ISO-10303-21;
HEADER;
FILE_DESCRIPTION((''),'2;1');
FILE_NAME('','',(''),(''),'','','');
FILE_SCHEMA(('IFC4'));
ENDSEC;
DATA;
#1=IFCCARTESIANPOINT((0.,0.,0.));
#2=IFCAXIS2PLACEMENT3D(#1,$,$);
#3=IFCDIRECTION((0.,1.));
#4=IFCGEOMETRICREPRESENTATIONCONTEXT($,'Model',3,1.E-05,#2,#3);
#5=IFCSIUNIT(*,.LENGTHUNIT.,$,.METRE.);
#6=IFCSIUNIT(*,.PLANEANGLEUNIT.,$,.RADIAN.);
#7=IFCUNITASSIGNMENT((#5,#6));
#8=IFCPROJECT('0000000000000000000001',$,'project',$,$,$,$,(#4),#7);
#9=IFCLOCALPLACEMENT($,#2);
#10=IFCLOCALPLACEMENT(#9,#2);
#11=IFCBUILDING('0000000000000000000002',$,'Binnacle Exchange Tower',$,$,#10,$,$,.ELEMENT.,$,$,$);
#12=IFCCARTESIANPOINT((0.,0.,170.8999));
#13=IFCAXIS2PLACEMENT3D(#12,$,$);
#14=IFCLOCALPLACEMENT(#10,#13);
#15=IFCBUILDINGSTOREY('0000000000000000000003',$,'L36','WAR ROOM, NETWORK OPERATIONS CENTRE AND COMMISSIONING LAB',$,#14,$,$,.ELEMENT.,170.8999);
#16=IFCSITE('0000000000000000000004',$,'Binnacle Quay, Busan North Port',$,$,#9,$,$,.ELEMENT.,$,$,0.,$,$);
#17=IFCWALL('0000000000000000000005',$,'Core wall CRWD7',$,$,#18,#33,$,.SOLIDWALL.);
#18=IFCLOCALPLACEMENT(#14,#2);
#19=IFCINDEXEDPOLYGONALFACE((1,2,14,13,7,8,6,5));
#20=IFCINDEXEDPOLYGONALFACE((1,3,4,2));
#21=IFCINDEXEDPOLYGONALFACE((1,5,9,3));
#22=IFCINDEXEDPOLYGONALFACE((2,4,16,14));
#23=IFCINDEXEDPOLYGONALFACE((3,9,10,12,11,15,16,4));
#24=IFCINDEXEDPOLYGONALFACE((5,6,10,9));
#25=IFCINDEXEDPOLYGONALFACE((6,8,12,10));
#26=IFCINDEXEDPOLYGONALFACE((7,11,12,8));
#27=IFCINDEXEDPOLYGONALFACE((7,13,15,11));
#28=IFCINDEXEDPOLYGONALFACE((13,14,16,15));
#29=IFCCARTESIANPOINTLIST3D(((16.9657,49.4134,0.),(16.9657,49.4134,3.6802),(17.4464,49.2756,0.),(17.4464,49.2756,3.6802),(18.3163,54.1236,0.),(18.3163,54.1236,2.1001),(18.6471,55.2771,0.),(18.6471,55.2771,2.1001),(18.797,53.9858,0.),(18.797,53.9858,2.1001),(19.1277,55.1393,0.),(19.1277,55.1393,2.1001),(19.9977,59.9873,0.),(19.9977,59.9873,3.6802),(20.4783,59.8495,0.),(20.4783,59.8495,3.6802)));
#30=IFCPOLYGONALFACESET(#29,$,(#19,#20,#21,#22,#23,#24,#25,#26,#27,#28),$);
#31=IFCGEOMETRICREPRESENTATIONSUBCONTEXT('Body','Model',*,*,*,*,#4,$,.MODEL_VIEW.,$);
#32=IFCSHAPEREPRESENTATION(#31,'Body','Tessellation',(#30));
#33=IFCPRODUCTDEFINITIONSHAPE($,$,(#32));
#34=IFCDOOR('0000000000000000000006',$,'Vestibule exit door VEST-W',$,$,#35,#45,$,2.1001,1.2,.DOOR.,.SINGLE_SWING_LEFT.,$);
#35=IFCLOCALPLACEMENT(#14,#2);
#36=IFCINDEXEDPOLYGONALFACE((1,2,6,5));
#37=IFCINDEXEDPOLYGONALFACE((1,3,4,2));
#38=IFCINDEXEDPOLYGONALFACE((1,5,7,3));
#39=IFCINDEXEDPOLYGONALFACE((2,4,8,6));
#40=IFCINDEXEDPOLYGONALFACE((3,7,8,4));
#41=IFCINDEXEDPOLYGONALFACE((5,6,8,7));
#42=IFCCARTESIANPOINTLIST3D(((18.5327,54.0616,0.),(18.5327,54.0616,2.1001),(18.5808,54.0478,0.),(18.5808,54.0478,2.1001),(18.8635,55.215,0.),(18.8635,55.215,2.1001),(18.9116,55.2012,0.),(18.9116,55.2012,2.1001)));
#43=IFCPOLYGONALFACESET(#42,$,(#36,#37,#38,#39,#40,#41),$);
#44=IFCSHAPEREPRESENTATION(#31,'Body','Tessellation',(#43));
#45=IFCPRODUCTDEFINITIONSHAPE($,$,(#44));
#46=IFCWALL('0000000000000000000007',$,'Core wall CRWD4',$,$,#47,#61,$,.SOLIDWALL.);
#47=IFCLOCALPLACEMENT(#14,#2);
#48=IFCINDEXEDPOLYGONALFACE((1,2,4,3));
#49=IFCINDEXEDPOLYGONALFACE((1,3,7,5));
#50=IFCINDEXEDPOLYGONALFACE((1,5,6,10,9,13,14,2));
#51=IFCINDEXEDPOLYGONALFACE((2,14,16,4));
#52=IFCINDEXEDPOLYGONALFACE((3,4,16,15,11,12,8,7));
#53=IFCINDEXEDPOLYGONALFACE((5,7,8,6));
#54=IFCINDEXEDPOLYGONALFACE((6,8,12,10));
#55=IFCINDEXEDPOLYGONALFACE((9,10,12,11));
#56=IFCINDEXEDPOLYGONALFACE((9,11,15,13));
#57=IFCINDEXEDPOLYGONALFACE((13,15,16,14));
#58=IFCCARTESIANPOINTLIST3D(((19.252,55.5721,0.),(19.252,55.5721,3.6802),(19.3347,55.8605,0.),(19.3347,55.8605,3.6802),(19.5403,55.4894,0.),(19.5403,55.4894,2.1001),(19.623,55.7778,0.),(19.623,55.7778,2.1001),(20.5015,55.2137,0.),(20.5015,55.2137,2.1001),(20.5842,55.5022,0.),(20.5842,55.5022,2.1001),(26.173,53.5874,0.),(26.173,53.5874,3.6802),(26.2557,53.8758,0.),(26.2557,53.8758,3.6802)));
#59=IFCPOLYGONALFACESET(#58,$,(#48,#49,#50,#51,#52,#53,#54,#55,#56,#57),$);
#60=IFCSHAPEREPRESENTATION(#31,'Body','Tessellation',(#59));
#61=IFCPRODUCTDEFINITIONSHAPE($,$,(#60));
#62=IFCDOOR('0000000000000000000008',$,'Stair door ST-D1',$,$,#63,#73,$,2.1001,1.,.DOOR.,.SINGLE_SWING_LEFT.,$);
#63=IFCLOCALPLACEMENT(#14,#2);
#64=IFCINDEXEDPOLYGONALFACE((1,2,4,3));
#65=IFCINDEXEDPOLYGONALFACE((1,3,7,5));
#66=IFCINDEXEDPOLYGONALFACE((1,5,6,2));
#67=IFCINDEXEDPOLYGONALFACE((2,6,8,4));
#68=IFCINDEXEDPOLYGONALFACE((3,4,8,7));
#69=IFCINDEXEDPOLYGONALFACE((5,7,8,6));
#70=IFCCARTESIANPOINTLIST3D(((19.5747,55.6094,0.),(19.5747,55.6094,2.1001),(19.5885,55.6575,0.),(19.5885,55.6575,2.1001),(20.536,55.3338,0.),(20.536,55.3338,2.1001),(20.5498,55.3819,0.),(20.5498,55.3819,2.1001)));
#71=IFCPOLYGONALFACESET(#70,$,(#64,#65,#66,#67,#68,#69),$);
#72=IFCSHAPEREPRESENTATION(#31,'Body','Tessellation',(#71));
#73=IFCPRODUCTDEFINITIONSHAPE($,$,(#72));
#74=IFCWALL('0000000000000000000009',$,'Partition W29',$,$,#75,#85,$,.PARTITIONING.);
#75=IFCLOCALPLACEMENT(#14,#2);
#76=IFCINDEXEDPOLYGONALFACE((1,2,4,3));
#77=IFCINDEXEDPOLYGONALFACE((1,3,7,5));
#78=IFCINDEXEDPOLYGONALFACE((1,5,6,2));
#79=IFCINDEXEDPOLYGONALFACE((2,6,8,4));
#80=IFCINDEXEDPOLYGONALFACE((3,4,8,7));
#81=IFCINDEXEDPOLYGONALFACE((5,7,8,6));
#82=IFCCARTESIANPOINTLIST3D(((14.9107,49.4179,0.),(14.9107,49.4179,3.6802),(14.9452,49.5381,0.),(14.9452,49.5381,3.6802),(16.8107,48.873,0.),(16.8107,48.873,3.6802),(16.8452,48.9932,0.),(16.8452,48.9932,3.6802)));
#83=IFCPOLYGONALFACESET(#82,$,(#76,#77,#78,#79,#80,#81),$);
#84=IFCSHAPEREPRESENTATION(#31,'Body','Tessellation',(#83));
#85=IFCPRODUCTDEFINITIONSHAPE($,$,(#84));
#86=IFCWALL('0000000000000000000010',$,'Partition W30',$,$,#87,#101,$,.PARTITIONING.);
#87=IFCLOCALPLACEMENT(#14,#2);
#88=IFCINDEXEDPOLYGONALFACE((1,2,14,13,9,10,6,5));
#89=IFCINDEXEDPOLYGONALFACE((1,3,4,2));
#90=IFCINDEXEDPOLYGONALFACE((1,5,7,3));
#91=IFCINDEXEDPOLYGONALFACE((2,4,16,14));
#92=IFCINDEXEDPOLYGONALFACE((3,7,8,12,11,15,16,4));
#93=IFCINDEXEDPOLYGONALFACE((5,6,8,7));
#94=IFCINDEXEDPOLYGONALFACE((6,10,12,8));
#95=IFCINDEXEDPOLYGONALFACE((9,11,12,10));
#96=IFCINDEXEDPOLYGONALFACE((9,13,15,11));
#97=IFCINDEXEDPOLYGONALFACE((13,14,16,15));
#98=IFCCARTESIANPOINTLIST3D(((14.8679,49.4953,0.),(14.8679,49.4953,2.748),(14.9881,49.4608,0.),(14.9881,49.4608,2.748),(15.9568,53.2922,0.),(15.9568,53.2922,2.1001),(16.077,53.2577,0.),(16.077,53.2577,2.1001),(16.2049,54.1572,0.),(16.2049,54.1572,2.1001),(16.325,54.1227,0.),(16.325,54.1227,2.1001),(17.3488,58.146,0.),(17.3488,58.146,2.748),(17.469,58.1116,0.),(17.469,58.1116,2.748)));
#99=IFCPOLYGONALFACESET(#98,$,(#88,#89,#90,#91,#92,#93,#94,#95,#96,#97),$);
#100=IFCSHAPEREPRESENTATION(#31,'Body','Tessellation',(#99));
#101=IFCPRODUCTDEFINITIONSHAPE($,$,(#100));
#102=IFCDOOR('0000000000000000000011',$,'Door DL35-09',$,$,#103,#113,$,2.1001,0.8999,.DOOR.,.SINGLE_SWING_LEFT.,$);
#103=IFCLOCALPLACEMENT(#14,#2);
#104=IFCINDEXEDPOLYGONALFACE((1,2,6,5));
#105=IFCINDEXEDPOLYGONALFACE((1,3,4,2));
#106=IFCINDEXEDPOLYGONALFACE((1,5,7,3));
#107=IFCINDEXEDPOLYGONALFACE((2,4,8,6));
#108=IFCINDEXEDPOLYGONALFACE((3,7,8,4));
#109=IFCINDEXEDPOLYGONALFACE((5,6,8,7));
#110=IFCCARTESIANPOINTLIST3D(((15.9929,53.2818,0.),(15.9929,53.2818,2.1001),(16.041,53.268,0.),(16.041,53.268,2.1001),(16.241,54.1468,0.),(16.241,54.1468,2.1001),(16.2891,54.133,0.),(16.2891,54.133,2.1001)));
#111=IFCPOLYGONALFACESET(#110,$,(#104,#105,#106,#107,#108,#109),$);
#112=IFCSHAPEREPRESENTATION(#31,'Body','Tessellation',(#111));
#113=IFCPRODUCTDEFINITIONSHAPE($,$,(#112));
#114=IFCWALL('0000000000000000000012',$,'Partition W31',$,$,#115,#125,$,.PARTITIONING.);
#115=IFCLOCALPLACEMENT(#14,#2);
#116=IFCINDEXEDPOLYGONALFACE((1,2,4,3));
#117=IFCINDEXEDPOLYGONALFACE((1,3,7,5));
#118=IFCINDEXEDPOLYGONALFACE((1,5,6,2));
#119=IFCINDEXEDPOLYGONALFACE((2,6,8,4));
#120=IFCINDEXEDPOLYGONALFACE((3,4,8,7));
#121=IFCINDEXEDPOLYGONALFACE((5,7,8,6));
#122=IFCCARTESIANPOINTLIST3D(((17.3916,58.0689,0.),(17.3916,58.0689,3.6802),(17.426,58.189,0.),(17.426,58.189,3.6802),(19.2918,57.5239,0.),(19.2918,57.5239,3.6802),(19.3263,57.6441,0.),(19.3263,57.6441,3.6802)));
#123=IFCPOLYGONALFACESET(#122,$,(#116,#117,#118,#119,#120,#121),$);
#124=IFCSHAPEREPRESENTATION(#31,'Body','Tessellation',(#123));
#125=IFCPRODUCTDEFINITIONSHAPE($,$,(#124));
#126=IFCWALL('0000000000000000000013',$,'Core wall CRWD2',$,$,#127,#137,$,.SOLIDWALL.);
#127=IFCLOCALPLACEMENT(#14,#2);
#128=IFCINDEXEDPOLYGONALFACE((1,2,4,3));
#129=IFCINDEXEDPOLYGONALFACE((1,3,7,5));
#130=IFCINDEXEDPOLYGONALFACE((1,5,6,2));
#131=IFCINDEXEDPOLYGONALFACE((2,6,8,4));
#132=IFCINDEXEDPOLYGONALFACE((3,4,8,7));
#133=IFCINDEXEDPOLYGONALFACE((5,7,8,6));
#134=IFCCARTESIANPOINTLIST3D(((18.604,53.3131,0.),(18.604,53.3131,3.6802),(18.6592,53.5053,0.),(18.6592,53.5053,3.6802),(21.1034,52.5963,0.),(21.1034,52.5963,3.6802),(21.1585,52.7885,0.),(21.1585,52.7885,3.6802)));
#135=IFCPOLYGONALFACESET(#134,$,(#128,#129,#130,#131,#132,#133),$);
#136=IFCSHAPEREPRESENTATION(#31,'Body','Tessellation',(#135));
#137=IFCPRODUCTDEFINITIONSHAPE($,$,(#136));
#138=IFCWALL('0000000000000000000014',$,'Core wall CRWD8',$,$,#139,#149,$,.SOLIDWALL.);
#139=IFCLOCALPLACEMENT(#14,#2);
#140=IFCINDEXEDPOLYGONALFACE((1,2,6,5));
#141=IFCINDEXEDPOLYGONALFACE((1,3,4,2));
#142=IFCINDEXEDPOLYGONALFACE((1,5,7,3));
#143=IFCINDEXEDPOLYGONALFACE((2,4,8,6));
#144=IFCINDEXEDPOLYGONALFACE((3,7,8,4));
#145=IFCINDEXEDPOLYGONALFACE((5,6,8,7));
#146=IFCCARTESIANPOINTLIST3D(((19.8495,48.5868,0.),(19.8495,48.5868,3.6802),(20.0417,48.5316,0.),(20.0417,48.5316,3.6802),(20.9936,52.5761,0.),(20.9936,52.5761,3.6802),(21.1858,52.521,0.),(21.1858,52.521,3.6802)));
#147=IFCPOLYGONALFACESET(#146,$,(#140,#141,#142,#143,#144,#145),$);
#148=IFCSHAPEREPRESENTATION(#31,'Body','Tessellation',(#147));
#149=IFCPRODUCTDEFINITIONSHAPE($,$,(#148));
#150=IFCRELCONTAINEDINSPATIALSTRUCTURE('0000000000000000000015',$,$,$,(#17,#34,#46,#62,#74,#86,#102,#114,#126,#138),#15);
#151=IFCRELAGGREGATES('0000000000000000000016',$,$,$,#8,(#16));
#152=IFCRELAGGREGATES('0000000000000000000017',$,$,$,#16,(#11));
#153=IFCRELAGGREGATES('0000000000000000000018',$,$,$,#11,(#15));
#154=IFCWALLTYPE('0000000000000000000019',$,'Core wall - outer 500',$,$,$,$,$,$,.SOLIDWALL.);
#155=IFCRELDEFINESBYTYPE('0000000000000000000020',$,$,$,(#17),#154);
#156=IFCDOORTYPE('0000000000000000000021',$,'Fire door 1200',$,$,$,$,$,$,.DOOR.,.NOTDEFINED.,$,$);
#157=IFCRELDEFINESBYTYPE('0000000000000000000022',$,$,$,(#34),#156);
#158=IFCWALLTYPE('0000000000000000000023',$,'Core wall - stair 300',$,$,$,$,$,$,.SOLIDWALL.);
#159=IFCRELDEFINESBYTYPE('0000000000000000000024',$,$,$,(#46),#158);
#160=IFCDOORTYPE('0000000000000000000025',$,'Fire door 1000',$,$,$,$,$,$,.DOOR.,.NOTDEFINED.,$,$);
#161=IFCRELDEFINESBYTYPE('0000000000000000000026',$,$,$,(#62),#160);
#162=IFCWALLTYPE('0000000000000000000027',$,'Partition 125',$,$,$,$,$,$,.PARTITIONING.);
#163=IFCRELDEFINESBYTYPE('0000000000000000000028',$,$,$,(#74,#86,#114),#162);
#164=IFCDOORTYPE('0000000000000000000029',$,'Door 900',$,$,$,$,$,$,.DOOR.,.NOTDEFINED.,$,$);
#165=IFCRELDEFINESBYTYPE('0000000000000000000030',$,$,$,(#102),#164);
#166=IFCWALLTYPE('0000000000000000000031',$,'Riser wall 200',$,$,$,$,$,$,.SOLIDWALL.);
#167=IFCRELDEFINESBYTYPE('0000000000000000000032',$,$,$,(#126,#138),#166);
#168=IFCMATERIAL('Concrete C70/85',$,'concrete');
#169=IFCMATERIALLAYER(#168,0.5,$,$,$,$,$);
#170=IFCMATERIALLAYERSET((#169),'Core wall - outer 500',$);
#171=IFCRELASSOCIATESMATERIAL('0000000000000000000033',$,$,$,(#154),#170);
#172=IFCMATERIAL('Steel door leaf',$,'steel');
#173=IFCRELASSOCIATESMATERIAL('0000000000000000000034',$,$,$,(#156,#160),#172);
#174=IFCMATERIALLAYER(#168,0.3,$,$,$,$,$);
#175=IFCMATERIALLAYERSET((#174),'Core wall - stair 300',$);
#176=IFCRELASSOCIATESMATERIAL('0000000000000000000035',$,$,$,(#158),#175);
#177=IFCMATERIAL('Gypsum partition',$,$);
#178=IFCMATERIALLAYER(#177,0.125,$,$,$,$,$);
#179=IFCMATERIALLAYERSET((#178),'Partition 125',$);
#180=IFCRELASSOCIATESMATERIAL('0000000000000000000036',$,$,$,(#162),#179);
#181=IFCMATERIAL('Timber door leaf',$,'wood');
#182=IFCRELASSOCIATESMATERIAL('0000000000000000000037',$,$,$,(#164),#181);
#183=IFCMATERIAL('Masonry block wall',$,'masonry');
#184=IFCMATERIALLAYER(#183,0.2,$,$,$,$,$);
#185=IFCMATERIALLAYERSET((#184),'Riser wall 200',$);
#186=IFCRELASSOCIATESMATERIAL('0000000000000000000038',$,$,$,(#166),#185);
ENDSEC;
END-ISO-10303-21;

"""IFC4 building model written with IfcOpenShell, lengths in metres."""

from ifc_helpers import new_model, si_unit, direction, frame, frame_2d, origin, place, context, subcontext, project, spatial, rectangle, extrude, material, layer, layer_set, type_object, element, fill, save


model = new_model("IFC4")

# Units and contexts
model_context = context("Model", 3, precision=1e-05, world=origin(), true_north=direction((0.0, 1.0)))
body_context = subcontext(model_context, "Body", "Model", "MODEL_VIEW")
ifc_project = project(units=[si_unit("LENGTHUNIT", "METRE"), si_unit("PLANEANGLEUNIT", "RADIAN")], contexts=[model_context])

# Site, building, storey
site_placement = place(None, origin())
site = spatial("IfcSite", under=ifc_project, at=site_placement, Name="Binnacle Quay, Busan North Port", CompositionType="ELEMENT", RefElevation=0.0)
building_placement = place(site_placement, origin())
building = spatial("IfcBuilding", under=site, at=building_placement, Name="Binnacle Exchange Tower", CompositionType="ELEMENT")
storey_placement = place(building_placement, frame((0.0, 0.0, 170.8999)))
storey = spatial("IfcBuildingStorey", under=building, at=storey_placement, Name="L36", Description="WAR ROOM, NETWORK OPERATIONS CENTRE AND COMMISSIONING LAB", CompositionType="ELEMENT", Elevation=170.8999)

# Shared definitions
ifc_material_1 = material(Name="Concrete C70/85", Category="concrete")

# Shared definitions
ifc_material_2 = material(Name="Steel door leaf", Category="steel")

# Shared definitions
ifc_layer_1 = layer(ifc_material_1, 0.5)
ifc_layer_set_1 = layer_set([ifc_layer_1], Name="Core wall - outer 500")
wall_type_1 = type_object("IfcWallType", Name="Core wall - outer 500", PredefinedType="SOLIDWALL", material=ifc_layer_set_1)

# Walls, openings, doors
wall_1_placement = place(storey_placement, frame((17.2061, 49.3445, 0.0), z_axis=(0.0, 0.0, 1.0), x_axis=(0.275633, 0.961263, 0.0)))
wall_1 = element("IfcWall", 1, at=wall_1_placement, inside=storey, type_object=wall_type_1, Name="Core wall CRWD7", PredefinedType="SOLIDWALL", context=body_context, shape_type="SweptSolid", body=[
    extrude(rectangle(XDim=11.0, YDim=0.5, at=frame_2d((5.5, 0.0))), origin(), (0.0, 0.0, 1.0), 3.6802),
])
opening_1_placement = place(wall_1_placement, frame((4.8999, 0.0, 0.0)))
opening_1 = element("IfcOpeningElement", 2, at=opening_1_placement, cuts=wall_1, PredefinedType="OPENING", context=body_context, shape_type="SweptSolid", body=[
    extrude(rectangle(XDim=1.2, YDim=2.1001, at=frame_2d((0.6001, 1.05))), frame((0.0, 0.26, 0.0), z_axis=(0.0, -1.0, 0.0), x_axis=(1.0, 0.0, 0.0)), (0.0, 0.0, 1.0), 0.52),
])
door_type_1 = type_object("IfcDoorType", Name="Fire door 1200", OperationType="NOTDEFINED", PredefinedType="DOOR", material=ifc_material_2)
door_1_placement = place(opening_1_placement, origin())
door_1 = element("IfcDoor", 3, at=door_1_placement, inside=storey, type_object=door_type_1, Name="Vestibule exit door VEST-W", OperationType="SINGLE_SWING_LEFT", OverallHeight=2.1001, OverallWidth=1.2, PredefinedType="DOOR", context=body_context, shape_type="SweptSolid", body=[
    extrude(rectangle(XDim=1.2, YDim=2.1001, at=frame_2d((0.6001, 1.05))), frame((0.0, 0.0249, 0.0), z_axis=(0.0, -1.0, 0.0), x_axis=(1.0, 0.0, 0.0)), (0.0, 0.0, 1.0), 0.05),
])
fill(opening_1, door_1)
ifc_layer_2 = layer(ifc_material_1, 0.3)
ifc_layer_set_2 = layer_set([ifc_layer_2], Name="Core wall - stair 300")
wall_type_2 = type_object("IfcWallType", Name="Core wall - stair 300", PredefinedType="SOLIDWALL", material=ifc_layer_set_2)
wall_2_placement = place(storey_placement, frame((19.2932, 55.7163, 0.0), z_axis=(0.0, 0.0, 1.0), x_axis=(0.961259, -0.275648, 0.0)))
wall_2 = element("IfcWall", 4, at=wall_2_placement, inside=storey, type_object=wall_type_2, Name="Core wall CRWD4", PredefinedType="SOLIDWALL", context=body_context, shape_type="SweptSolid", body=[
    extrude(rectangle(XDim=7.2, YDim=0.3, at=frame_2d((3.6001, 0.0))), origin(), (0.0, 0.0, 1.0), 3.6802),
])
opening_2_placement = place(wall_2_placement, frame((0.3, 0.0, 0.0)))
opening_2 = element("IfcOpeningElement", 5, at=opening_2_placement, cuts=wall_2, PredefinedType="OPENING", context=body_context, shape_type="SweptSolid", body=[
    extrude(rectangle(XDim=1.0, YDim=2.1001, at=frame_2d((0.5, 1.05))), frame((0.0, 0.1599, 0.0), z_axis=(0.0, -1.0, 0.0), x_axis=(1.0, 0.0, 0.0)), (0.0, 0.0, 1.0), 0.3201),
])
door_type_2 = type_object("IfcDoorType", Name="Fire door 1000", OperationType="NOTDEFINED", PredefinedType="DOOR", material=ifc_material_2)
door_2_placement = place(opening_2_placement, origin())
door_2 = element("IfcDoor", 6, at=door_2_placement, inside=storey, type_object=door_type_2, Name="Stair door ST-D1", OperationType="SINGLE_SWING_LEFT", OverallHeight=2.1001, OverallWidth=1.0, PredefinedType="DOOR", context=body_context, shape_type="SweptSolid", body=[
    extrude(rectangle(XDim=1.0, YDim=2.1001, at=frame_2d((0.5, 1.05))), frame((0.0, 0.0249, 0.0), z_axis=(0.0, -1.0, 0.0), x_axis=(1.0, 0.0, 0.0)), (0.0, 0.0, 1.0), 0.05),
])
fill(opening_2, door_2)

# Wall
ifc_material_3 = material(Name="Gypsum partition")
ifc_layer_3 = layer(ifc_material_3, 0.125)
ifc_layer_set_3 = layer_set([ifc_layer_3], Name="Partition 125")
wall_type_3 = type_object("IfcWallType", Name="Partition 125", PredefinedType="PARTITIONING", material=ifc_layer_set_3)
wall_3_placement = place(storey_placement, frame((14.928, 49.478, 0.0), z_axis=(0.0, 0.0, 1.0), x_axis=(0.961244, -0.2757, 0.0)))
element("IfcWall", 7, at=wall_3_placement, inside=storey, type_object=wall_type_3, Name="Partition W29", PredefinedType="PARTITIONING", context=body_context, shape_type="SweptSolid", body=[
    extrude(rectangle(XDim=1.9766, YDim=0.125, at=frame_2d((0.9883, 0.0))), origin(), (0.0, 0.0, 1.0), 3.6802),
])

# Wall, opening, door
wall_4_placement = place(storey_placement, frame((14.928, 49.478, 0.0), z_axis=(0.0, 0.0, 1.0), x_axis=(0.275674, 0.961251, 0.0)))
wall_4 = element("IfcWall", 8, at=wall_4_placement, inside=storey, type_object=wall_type_3, Name="Partition W30", PredefinedType="PARTITIONING", context=body_context, shape_type="SweptSolid", body=[
    extrude(rectangle(XDim=8.9995, YDim=0.125, at=frame_2d((4.4998, 0.0))), origin(), (0.0, 0.0, 1.0), 2.748),
])
opening_3_placement = place(wall_4_placement, frame((3.95, 0.0, 0.0)))
opening_3 = element("IfcOpeningElement", 9, at=opening_3_placement, cuts=wall_4, PredefinedType="OPENING", context=body_context, shape_type="SweptSolid", body=[
    extrude(rectangle(XDim=0.8999, YDim=2.1001, at=frame_2d((0.45, 1.05))), frame((0.0, 0.0725, 0.0), z_axis=(0.0, -1.0, 0.0), x_axis=(1.0, 0.0, 0.0)), (0.0, 0.0, 1.0), 0.145),
])
ifc_material_4 = material(Name="Timber door leaf", Category="wood")
door_type_3 = type_object("IfcDoorType", Name="Door 900", OperationType="NOTDEFINED", PredefinedType="DOOR", material=ifc_material_4)
door_3_placement = place(opening_3_placement, origin())
door_3 = element("IfcDoor", 10, at=door_3_placement, inside=storey, type_object=door_type_3, Name="Door DL35-09", OperationType="SINGLE_SWING_LEFT", OverallHeight=2.1001, OverallWidth=0.8999, PredefinedType="DOOR", context=body_context, shape_type="SweptSolid", body=[
    extrude(rectangle(XDim=0.8999, YDim=2.1001, at=frame_2d((0.45, 1.05))), frame((0.0, 0.0249, 0.0), z_axis=(0.0, -1.0, 0.0), x_axis=(1.0, 0.0, 0.0)), (0.0, 0.0, 1.0), 0.05),
])
fill(opening_3, door_3)

# Walls
wall_5_placement = place(storey_placement, frame((17.4089, 58.1289, 0.0), z_axis=(0.0, 0.0, 1.0), x_axis=(0.961253, -0.275667, 0.0)))
element("IfcWall", 11, at=wall_5_placement, inside=storey, type_object=wall_type_3, Name="Partition W31", PredefinedType="PARTITIONING", context=body_context, shape_type="SweptSolid", body=[
    extrude(rectangle(XDim=1.9768, YDim=0.125, at=frame_2d((0.9883, 0.0))), origin(), (0.0, 0.0, 1.0), 3.6802),
])
ifc_material_5 = material(Name="Masonry block wall", Category="masonry")
ifc_layer_4 = layer(ifc_material_5, 0.2)
ifc_layer_set_4 = layer_set([ifc_layer_4], Name="Riser wall 200")
wall_type_4 = type_object("IfcWallType", Name="Riser wall 200", PredefinedType="SOLIDWALL", material=ifc_layer_set_4)
wall_6_placement = place(storey_placement, frame((18.6316, 53.4092, 0.0), z_axis=(0.0, 0.0, 1.0), x_axis=(0.961247, -0.275688, 0.0)))
element("IfcWall", 12, at=wall_6_placement, inside=storey, type_object=wall_type_4, Name="Core wall CRWD2", PredefinedType="SOLIDWALL", context=body_context, shape_type="SweptSolid", body=[
    extrude(rectangle(XDim=2.6001, YDim=0.2, at=frame_2d((1.3, 0.0))), origin(), (0.0, 0.0, 1.0), 3.6802),
])
wall_7_placement = place(storey_placement, frame((19.9456, 48.5591, 0.0), z_axis=(0.0, 0.0, 1.0), x_axis=(0.275669, 0.961253, 0.0)))
element("IfcWall", 13, at=wall_7_placement, inside=storey, type_object=wall_type_4, Name="Core wall CRWD8", PredefinedType="SOLIDWALL", context=body_context, shape_type="SweptSolid", body=[
    extrude(rectangle(XDim=4.1501, YDim=0.2, at=frame_2d((2.0752, 0.0))), origin(), (0.0, 0.0, 1.0), 3.6802),
])

save(model, "model.ifc")
